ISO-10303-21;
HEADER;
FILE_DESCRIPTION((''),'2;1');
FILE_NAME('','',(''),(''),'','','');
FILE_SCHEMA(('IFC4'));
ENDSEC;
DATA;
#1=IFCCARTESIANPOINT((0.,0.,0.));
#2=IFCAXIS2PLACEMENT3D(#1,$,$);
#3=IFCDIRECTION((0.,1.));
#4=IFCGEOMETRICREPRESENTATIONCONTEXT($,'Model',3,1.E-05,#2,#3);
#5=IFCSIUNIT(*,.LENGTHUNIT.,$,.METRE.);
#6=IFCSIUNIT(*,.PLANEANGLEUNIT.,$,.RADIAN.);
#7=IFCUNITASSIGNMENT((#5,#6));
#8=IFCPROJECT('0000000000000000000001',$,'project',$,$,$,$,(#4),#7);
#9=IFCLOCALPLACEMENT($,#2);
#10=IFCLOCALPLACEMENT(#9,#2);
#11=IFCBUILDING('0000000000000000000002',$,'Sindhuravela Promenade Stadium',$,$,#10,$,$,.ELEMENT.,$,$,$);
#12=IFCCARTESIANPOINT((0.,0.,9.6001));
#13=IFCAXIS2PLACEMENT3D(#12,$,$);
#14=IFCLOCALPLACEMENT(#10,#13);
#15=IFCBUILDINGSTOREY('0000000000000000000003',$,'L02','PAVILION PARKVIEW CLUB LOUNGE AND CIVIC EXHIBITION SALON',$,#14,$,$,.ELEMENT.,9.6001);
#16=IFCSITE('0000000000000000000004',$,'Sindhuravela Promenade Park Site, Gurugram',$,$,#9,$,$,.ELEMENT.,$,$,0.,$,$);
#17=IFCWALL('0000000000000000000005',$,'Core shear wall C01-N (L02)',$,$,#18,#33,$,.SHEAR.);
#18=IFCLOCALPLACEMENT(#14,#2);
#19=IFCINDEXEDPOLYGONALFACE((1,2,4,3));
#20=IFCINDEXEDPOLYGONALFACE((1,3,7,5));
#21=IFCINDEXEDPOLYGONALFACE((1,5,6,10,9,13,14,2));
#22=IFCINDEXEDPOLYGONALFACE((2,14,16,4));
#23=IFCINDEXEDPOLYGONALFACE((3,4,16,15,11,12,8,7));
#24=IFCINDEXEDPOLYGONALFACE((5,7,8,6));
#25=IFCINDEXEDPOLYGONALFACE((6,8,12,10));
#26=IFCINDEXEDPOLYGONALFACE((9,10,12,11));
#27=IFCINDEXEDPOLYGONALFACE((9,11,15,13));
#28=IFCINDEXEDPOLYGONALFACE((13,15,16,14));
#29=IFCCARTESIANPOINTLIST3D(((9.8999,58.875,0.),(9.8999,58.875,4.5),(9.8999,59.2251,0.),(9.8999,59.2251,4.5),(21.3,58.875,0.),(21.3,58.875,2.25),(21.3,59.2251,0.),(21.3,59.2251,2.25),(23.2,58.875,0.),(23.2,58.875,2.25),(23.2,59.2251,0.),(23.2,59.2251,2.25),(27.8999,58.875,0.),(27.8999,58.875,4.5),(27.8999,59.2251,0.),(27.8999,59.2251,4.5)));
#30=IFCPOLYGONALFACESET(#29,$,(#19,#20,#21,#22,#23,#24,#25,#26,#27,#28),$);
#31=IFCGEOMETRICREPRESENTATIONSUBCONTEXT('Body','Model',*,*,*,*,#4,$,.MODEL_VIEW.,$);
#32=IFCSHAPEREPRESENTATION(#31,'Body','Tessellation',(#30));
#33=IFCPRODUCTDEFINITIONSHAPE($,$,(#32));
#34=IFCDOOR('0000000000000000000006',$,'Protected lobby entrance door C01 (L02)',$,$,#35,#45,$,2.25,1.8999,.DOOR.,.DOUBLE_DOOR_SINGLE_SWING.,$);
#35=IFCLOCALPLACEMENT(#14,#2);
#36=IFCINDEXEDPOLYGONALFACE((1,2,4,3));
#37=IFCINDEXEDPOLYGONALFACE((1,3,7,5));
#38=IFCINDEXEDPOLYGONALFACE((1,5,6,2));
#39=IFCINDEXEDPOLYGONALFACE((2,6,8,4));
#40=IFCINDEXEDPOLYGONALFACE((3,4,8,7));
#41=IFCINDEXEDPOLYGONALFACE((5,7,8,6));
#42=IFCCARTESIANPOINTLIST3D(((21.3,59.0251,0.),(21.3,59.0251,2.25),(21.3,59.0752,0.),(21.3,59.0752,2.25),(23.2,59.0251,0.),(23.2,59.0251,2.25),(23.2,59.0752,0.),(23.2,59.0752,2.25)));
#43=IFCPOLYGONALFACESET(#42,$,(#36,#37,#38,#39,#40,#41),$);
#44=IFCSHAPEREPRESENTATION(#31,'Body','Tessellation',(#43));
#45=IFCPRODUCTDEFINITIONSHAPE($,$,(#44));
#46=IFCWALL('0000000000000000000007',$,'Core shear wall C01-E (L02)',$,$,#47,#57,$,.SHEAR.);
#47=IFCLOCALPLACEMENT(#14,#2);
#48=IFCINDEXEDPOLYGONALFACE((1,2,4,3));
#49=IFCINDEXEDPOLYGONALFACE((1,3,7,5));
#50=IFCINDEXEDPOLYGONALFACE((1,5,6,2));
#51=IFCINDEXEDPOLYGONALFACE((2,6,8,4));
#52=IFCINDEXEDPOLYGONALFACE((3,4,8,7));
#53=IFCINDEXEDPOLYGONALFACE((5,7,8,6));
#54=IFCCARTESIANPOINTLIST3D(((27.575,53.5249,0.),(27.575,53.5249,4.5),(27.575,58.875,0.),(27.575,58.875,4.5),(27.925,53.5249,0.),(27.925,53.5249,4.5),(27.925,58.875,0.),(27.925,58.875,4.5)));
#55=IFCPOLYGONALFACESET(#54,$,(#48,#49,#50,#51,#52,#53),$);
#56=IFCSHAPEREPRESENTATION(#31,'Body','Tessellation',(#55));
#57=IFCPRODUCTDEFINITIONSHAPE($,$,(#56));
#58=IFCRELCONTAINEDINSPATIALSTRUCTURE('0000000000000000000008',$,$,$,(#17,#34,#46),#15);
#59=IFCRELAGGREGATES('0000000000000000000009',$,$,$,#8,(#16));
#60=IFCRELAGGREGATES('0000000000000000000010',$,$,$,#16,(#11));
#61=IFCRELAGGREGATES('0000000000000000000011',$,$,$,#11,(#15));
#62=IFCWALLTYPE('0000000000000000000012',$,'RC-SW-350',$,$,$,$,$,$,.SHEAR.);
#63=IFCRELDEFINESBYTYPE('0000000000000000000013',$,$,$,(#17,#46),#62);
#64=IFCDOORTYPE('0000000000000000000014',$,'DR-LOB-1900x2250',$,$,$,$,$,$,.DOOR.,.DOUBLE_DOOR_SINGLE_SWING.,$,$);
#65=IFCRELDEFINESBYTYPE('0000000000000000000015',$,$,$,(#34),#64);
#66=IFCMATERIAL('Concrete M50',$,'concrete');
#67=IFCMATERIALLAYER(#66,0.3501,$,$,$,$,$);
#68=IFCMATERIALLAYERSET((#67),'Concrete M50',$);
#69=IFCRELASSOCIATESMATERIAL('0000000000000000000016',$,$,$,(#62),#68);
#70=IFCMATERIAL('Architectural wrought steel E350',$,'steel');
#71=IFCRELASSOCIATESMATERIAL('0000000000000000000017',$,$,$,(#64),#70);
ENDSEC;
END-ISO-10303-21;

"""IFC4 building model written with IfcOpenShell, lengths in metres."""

from ifc_helpers import new_model, si_unit, direction, frame, frame_2d, origin, place, context, subcontext, project, spatial, rectangle, extrude, material, layer, layer_set, type_object, element, fill, save


model = new_model("IFC4")

# Units and contexts
model_context = context("Model", 3, precision=1e-05, world=origin(), true_north=direction((0.0, 1.0)))
body_context = subcontext(model_context, "Body", "Model", "MODEL_VIEW")
ifc_project = project(units=[si_unit("LENGTHUNIT", "METRE"), si_unit("PLANEANGLEUNIT", "RADIAN")], contexts=[model_context])

# Site, building, storey
site_placement = place(None, origin())
site = spatial("IfcSite", under=ifc_project, at=site_placement, Name="Sindhuravela Promenade Park Site, Gurugram", CompositionType="ELEMENT", RefElevation=0.0)
building_placement = place(site_placement, origin())
building = spatial("IfcBuilding", under=site, at=building_placement, Name="Sindhuravela Promenade Stadium", CompositionType="ELEMENT")
storey_placement = place(building_placement, frame((0.0, 0.0, 9.6001)))
storey = spatial("IfcBuildingStorey", under=building, at=storey_placement, Name="L02", Description="PAVILION PARKVIEW CLUB LOUNGE AND CIVIC EXHIBITION SALON", CompositionType="ELEMENT", Elevation=9.6001)

# Shared definitions
ifc_material_1 = material(Name="Concrete M50", Category="concrete")

# Wall, opening, door
ifc_layer_1 = layer(ifc_material_1, 0.3501)
ifc_layer_set_1 = layer_set([ifc_layer_1], Name="Concrete M50")
wall_type_1 = type_object("IfcWallType", Name="RC-SW-350", PredefinedType="SHEAR", material=ifc_layer_set_1)
wall_1_placement = place(storey_placement, frame((27.8999, 59.05, 0.0), z_axis=(0.0, 0.0, 1.0), x_axis=(-1.0, 0.0, 0.0)))
wall_1 = element("IfcWall", 1, at=wall_1_placement, inside=storey, type_object=wall_type_1, Name="Core shear wall C01-N (L02)", PredefinedType="SHEAR", context=body_context, shape_type="SweptSolid", body=[
    extrude(rectangle(XDim=18.0, YDim=0.3501, at=frame_2d((9.0, 0.0))), origin(), (0.0, 0.0, 1.0), 4.5),
])
opening_1_placement = place(wall_1_placement, frame((4.7, 0.0, 0.0)))
opening_1 = element("IfcOpeningElement", 2, at=opening_1_placement, cuts=wall_1, PredefinedType="OPENING", context=body_context, shape_type="SweptSolid", body=[
    extrude(rectangle(XDim=1.8999, YDim=2.25, at=frame_2d((0.95, 1.125))), frame((0.0, 0.1851, 0.0), z_axis=(0.0, -1.0, 0.0), x_axis=(1.0, 0.0, 0.0)), (0.0, 0.0, 1.0), 0.3701),
])
ifc_material_2 = material(Name="Architectural wrought steel E350", Category="steel")
door_type_1 = type_object("IfcDoorType", Name="DR-LOB-1900x2250", OperationType="DOUBLE_DOOR_SINGLE_SWING", PredefinedType="DOOR", material=ifc_material_2)
door_1_placement = place(opening_1_placement, origin())
door_1 = element("IfcDoor", 3, at=door_1_placement, inside=storey, type_object=door_type_1, Name="Protected lobby entrance door C01 (L02)", OperationType="DOUBLE_DOOR_SINGLE_SWING", OverallHeight=2.25, OverallWidth=1.8999, PredefinedType="DOOR", context=body_context, shape_type="SweptSolid", body=[
    extrude(rectangle(XDim=1.8999, YDim=2.25, at=frame_2d((0.95, 1.125))), frame((0.0, 0.0249, 0.0), z_axis=(0.0, -1.0, 0.0), x_axis=(1.0, 0.0, 0.0)), (0.0, 0.0, 1.0), 0.05),
])
fill(opening_1, door_1)

# Wall
wall_2_placement = place(storey_placement, frame((27.75, 53.5249, 0.0), z_axis=(0.0, 0.0, 1.0), x_axis=(0.0, 1.0, 0.0)))
element("IfcWall", 4, at=wall_2_placement, inside=storey, type_object=wall_type_1, Name="Core shear wall C01-E (L02)", PredefinedType="SHEAR", context=body_context, shape_type="SweptSolid", body=[
    extrude(rectangle(XDim=5.3501, YDim=0.3501, at=frame_2d((2.675, 0.0))), origin(), (0.0, 0.0, 1.0), 4.5),
])

save(model, "model.ifc")
